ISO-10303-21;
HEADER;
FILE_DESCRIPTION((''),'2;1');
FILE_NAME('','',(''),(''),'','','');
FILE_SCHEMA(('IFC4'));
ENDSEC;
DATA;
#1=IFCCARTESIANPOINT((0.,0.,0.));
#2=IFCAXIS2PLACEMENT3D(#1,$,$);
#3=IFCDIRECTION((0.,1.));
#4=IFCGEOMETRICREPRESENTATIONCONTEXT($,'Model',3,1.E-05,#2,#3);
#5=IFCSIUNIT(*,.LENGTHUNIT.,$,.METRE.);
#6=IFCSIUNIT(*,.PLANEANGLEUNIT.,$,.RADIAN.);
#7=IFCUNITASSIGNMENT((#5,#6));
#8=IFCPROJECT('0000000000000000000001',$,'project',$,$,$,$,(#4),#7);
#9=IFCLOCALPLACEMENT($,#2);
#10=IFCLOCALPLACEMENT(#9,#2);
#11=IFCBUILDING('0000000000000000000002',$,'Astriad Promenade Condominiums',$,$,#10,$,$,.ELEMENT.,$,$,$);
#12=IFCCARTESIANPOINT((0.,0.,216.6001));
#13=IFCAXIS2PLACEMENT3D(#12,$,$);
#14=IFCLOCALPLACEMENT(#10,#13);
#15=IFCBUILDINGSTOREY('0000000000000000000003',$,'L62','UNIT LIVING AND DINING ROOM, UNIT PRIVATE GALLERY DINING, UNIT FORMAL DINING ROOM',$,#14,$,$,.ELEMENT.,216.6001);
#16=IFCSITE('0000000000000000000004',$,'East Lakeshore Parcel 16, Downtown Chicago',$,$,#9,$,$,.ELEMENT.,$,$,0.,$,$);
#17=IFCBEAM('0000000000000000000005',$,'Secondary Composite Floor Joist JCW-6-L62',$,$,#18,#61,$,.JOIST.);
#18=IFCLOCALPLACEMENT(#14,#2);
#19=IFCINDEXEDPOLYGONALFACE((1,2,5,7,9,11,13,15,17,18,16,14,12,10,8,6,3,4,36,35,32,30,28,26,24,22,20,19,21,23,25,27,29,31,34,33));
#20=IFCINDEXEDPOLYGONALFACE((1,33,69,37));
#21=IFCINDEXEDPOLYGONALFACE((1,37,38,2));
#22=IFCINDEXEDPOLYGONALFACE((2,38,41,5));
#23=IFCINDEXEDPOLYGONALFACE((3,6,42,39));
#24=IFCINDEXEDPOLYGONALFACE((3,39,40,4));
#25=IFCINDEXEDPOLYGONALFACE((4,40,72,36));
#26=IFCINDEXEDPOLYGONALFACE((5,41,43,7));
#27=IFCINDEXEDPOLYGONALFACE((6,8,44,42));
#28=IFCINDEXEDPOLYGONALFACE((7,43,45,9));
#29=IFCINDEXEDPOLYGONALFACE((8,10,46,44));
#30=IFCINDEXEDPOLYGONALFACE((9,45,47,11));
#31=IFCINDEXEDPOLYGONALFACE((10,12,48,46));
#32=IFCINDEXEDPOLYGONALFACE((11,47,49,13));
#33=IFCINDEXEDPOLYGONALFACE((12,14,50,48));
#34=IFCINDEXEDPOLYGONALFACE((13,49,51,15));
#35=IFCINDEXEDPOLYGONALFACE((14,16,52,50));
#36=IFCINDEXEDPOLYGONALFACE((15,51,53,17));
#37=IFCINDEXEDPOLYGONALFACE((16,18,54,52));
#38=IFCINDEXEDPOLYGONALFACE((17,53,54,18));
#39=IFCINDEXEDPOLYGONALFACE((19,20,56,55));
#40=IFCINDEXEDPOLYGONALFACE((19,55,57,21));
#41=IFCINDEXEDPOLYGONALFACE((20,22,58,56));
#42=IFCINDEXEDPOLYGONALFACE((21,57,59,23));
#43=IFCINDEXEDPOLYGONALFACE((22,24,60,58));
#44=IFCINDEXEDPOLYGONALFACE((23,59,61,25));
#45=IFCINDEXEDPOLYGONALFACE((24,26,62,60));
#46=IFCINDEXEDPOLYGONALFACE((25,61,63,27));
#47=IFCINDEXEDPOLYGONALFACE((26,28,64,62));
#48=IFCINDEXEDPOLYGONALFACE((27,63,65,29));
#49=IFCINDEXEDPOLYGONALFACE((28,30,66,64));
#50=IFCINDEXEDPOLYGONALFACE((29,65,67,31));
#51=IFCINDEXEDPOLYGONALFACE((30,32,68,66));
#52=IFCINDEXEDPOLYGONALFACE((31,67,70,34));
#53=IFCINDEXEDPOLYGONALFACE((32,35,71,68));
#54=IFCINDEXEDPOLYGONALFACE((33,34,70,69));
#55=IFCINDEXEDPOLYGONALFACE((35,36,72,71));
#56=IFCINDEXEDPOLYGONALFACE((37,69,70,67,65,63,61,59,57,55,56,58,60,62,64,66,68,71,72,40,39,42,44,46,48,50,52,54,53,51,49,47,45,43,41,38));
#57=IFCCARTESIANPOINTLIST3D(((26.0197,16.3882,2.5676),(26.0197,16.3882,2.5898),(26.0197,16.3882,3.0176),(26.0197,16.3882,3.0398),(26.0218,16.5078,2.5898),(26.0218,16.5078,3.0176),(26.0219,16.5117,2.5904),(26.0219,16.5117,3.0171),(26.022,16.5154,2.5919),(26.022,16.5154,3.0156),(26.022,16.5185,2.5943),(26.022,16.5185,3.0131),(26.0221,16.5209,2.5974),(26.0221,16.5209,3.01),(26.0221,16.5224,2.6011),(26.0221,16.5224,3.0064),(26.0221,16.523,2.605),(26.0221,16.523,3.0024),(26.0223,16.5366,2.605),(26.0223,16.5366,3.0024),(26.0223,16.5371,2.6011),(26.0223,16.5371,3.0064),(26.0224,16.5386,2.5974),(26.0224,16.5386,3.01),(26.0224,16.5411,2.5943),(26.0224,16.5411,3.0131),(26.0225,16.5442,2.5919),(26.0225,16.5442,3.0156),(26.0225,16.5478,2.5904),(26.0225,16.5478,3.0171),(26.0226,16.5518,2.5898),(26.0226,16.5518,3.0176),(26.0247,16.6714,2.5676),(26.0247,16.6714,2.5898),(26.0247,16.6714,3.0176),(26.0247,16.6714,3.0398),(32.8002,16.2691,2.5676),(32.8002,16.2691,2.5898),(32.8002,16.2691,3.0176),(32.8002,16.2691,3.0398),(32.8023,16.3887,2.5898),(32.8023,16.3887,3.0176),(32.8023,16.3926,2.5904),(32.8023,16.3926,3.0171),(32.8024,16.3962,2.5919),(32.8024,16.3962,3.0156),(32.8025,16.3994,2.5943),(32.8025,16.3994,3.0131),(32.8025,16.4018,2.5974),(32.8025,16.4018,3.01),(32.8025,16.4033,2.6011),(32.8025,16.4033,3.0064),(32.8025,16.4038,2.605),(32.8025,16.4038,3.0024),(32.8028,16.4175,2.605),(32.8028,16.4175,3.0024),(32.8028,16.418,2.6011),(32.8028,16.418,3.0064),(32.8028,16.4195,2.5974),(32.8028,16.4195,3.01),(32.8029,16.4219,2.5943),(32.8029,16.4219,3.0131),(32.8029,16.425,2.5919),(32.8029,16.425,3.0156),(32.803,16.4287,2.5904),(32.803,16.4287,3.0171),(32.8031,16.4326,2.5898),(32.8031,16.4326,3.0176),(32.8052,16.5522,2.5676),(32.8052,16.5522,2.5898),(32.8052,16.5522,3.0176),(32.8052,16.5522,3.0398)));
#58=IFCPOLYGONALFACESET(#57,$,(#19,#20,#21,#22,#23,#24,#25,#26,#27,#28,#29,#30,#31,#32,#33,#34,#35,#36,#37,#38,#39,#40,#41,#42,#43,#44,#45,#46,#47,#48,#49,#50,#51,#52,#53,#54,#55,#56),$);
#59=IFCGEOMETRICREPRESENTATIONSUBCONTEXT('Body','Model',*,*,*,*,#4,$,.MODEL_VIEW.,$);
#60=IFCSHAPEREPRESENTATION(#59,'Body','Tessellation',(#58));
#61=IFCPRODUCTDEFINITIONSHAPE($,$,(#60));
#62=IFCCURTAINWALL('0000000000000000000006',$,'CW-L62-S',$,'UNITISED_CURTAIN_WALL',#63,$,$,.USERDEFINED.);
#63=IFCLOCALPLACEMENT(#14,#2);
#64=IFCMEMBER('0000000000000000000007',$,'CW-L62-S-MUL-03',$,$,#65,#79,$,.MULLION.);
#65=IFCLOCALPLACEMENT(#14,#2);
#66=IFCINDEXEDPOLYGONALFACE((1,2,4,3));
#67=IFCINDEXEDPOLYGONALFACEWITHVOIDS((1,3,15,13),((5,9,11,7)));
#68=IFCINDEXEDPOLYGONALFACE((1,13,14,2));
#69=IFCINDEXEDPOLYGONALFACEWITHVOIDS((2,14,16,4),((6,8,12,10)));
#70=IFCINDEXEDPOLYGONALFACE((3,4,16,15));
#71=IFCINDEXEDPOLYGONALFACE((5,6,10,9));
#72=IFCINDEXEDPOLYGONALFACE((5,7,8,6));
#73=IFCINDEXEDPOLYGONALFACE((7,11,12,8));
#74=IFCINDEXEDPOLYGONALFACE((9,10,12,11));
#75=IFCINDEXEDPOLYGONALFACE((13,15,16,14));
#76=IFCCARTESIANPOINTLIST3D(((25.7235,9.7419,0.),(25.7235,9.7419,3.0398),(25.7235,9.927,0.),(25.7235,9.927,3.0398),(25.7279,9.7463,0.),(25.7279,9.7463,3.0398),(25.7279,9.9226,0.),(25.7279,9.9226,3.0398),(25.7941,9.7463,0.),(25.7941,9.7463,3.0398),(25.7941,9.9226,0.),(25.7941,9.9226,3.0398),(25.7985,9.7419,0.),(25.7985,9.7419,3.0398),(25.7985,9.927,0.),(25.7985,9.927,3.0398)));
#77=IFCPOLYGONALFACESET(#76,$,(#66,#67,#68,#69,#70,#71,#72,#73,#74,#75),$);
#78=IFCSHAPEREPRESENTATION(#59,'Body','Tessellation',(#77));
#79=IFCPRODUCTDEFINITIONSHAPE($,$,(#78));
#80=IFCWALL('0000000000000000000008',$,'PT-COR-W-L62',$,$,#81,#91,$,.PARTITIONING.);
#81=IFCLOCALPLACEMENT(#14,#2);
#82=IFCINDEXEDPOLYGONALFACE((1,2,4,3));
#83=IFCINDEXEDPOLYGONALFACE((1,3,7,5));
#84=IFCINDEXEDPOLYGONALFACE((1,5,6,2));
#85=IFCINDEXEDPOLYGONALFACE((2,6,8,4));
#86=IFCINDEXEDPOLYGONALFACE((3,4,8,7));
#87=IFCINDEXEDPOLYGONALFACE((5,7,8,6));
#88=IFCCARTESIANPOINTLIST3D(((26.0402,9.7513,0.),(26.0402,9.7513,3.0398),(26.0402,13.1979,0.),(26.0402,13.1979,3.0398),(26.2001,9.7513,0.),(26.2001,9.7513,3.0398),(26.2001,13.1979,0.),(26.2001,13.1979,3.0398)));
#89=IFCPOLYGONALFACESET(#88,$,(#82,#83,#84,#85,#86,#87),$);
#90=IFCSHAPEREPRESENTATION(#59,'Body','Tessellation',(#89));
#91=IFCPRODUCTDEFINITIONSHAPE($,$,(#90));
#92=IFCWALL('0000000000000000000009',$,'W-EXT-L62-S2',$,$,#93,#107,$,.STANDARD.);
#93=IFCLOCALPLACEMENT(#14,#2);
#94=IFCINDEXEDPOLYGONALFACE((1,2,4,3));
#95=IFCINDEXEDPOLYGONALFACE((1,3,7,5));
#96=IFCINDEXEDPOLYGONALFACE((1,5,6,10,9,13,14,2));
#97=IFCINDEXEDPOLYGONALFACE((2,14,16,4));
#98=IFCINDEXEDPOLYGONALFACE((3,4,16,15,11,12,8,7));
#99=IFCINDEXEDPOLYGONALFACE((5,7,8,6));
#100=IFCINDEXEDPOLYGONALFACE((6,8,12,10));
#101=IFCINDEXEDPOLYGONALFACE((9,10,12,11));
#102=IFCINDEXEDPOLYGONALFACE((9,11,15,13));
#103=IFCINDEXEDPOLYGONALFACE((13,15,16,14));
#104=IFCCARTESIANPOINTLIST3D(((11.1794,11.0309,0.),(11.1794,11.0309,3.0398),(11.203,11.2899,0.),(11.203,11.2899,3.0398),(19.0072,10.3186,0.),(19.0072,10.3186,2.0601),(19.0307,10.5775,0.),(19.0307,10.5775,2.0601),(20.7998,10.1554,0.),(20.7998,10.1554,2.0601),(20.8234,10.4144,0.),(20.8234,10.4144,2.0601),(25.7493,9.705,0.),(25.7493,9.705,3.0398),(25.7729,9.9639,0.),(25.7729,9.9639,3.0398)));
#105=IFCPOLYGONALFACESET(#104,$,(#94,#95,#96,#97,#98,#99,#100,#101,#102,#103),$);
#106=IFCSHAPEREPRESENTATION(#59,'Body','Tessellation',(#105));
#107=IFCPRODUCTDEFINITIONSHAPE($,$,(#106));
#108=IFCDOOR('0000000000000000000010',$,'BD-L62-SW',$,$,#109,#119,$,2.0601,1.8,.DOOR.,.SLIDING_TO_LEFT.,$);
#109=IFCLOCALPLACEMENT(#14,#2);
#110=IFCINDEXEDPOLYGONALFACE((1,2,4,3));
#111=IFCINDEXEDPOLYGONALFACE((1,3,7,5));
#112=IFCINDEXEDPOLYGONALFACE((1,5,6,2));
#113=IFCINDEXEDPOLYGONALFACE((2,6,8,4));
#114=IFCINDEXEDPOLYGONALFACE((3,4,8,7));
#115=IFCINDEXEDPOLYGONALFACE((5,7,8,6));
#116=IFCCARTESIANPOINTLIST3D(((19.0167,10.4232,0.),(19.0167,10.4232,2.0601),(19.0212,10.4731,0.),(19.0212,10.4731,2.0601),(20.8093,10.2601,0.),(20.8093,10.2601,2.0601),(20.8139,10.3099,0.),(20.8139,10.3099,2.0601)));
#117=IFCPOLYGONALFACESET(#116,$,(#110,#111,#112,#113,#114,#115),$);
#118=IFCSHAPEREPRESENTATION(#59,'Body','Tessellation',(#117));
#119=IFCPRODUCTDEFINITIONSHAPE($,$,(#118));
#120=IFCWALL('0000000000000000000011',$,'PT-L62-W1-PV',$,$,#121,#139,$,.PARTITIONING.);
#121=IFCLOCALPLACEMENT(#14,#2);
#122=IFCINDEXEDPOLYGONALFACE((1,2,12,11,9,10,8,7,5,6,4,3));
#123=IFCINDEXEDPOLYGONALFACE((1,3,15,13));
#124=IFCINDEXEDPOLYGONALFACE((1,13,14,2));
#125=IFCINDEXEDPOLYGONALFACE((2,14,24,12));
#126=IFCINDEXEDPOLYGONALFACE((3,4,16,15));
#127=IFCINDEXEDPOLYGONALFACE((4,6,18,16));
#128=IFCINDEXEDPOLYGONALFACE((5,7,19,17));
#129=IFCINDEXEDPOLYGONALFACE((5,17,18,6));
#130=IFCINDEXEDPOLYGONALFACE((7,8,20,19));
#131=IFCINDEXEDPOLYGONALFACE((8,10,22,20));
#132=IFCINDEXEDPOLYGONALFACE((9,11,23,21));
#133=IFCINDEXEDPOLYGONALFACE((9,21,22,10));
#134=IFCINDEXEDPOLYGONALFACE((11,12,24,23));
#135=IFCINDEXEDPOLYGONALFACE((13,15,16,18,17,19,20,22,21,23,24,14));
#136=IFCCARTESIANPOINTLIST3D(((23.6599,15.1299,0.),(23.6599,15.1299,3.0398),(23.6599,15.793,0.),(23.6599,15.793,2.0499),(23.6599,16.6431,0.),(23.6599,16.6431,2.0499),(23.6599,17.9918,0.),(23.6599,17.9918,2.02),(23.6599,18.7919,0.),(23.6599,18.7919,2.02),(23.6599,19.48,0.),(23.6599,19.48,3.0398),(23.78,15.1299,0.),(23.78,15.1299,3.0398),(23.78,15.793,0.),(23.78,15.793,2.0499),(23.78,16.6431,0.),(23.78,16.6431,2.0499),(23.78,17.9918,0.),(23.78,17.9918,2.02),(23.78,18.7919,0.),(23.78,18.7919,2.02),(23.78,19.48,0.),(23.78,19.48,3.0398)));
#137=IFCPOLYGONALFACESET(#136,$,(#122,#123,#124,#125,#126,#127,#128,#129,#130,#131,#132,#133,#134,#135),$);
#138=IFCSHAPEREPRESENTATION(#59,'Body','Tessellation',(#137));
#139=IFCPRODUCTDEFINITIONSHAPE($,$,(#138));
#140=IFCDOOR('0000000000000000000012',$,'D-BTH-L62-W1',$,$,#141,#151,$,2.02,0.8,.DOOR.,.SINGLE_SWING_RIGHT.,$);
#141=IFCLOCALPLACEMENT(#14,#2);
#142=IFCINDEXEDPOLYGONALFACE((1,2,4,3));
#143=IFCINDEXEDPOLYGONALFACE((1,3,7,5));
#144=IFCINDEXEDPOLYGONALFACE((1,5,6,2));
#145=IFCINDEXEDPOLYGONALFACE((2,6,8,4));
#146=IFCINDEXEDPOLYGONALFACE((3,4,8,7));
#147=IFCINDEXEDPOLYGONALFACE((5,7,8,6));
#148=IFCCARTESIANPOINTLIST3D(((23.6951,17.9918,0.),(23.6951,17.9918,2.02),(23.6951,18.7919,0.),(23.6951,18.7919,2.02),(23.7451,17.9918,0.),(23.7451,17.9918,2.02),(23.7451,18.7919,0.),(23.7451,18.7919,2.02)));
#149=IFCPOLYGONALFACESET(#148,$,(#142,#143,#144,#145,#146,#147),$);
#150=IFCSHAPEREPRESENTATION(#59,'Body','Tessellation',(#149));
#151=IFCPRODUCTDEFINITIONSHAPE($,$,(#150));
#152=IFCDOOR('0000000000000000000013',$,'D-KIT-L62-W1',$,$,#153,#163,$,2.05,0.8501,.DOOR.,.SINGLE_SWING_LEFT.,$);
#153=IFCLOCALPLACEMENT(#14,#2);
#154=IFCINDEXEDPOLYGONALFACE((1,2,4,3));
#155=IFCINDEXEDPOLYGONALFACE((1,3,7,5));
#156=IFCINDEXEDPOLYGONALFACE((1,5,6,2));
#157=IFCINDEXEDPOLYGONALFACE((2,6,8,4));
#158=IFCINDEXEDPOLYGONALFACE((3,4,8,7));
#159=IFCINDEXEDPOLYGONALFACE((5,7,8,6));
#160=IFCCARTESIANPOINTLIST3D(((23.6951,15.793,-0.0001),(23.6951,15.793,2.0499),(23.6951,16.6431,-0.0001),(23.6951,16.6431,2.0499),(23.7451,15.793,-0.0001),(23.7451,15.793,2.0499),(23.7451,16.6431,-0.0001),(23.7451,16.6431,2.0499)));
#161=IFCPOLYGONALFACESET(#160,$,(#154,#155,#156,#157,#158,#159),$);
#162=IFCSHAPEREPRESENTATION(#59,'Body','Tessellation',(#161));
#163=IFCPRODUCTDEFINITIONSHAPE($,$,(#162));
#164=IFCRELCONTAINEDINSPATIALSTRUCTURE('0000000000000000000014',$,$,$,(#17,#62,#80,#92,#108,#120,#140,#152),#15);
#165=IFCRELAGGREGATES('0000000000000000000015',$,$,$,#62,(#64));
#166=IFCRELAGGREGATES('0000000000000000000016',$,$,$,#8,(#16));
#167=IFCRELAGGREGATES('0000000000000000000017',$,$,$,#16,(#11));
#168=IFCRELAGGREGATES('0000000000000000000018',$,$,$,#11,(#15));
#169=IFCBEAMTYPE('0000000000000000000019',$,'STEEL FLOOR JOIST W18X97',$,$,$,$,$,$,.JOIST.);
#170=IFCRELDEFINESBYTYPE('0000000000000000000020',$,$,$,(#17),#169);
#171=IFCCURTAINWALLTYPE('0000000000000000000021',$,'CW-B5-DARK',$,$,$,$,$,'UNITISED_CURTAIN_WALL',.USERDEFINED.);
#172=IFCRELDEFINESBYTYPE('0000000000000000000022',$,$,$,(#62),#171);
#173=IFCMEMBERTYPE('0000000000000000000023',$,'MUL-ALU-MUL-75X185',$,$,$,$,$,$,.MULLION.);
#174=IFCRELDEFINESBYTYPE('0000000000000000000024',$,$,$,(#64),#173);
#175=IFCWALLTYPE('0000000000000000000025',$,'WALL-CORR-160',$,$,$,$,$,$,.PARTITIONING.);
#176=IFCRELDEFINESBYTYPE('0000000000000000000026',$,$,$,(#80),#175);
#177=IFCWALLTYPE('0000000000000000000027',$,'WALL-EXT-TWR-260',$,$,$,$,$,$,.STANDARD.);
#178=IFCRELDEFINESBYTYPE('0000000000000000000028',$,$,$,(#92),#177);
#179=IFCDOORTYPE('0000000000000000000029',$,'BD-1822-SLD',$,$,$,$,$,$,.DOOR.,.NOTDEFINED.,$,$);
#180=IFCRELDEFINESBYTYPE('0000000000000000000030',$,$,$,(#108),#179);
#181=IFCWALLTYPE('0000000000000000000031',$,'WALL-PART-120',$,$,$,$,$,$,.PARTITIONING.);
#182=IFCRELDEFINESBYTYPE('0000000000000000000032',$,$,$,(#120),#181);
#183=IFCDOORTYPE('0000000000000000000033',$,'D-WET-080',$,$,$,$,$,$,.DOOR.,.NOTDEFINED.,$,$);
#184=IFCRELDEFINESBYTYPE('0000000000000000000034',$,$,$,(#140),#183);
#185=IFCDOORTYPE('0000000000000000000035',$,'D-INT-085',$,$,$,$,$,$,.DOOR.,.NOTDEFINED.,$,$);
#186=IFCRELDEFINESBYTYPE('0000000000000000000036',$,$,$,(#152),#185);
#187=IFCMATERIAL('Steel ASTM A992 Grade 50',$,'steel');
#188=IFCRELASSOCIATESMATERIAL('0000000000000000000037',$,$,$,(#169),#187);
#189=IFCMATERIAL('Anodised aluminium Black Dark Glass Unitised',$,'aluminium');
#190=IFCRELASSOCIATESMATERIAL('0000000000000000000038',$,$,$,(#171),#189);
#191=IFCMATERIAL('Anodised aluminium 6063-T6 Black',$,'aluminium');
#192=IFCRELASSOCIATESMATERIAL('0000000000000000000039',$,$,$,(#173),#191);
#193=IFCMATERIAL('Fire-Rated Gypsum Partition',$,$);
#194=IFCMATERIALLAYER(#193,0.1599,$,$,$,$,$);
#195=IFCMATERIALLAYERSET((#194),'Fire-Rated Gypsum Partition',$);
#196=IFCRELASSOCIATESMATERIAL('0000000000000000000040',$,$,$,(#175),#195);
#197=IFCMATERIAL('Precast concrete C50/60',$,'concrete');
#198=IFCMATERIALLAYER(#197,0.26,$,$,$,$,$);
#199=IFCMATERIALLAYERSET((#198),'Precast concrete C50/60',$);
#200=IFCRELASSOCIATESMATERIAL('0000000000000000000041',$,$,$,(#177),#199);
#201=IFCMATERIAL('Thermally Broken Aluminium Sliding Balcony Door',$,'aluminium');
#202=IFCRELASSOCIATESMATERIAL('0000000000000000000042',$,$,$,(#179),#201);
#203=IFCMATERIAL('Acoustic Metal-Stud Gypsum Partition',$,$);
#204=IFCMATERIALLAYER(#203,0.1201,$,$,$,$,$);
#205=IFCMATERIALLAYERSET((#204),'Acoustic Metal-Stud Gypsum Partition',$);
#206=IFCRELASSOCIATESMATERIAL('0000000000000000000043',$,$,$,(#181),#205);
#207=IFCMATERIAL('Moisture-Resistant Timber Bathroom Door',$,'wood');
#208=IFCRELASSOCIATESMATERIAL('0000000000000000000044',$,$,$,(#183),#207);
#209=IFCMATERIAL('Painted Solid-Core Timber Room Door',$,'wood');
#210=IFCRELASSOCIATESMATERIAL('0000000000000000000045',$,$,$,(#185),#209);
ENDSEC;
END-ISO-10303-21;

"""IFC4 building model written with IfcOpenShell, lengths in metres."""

from ifc_helpers import new_model, si_unit, direction, frame, frame_2d, origin, origin_2d, place, context, subcontext, project, spatial, rectangle, hollow_rectangle, i_section, extrude, source, transform, mapped, material, layer, layer_set, material_profile, profile_set, type_object, type_shapes, element, fill, aggregate, save


model = new_model("IFC4")

# Units and contexts
model_context = context("Model", 3, precision=1e-05, world=origin(), true_north=direction((0.0, 1.0)))
body_context = subcontext(model_context, "Body", "Model", "MODEL_VIEW")
ifc_project = project(units=[si_unit("LENGTHUNIT", "METRE"), si_unit("PLANEANGLEUNIT", "RADIAN")], contexts=[model_context])

# Site, building, storey
site_placement = place(None, origin())
site = spatial("IfcSite", under=ifc_project, at=site_placement, Name="East Lakeshore Parcel 16, Downtown Chicago", CompositionType="ELEMENT", RefElevation=0.0)
building_placement = place(site_placement, origin())
building = spatial("IfcBuilding", under=site, at=building_placement, Name="Astriad Promenade Condominiums", CompositionType="ELEMENT")
storey_placement = place(building_placement, frame((0.0, 0.0, 216.6001)))
storey = spatial("IfcBuildingStorey", under=building, at=storey_placement, Name="L62", Description="UNIT LIVING AND DINING ROOM, UNIT PRIVATE GALLERY DINING, UNIT FORMAL DINING ROOM", CompositionType="ELEMENT", Elevation=216.6001)

# Beam
ifc_material_1 = material(Name="Steel ASTM A992 Grade 50", Category="steel")
ifc_material_profile_1 = material_profile(ifc_material_1, i_section(OverallWidth=0.2832, OverallDepth=0.4722, WebThickness=0.0137, FlangeThickness=0.0222, FilletRadius=0.0151, at=origin_2d()), Name="W18X97")
ifc_profile_set_1 = profile_set([ifc_material_profile_1], Name="Steel ASTM A992 Grade 50")
beam_type_1 = type_object("IfcBeamType", Name="STEEL FLOOR JOIST W18X97", PredefinedType="JOIST", material=ifc_profile_set_1)
shared_shape_1 = source(origin(), body_context, "Body", "SweptSolid", [
    extrude(i_section(OverallWidth=0.2832, OverallDepth=0.4722, WebThickness=0.0137, FlangeThickness=0.0222, FilletRadius=0.0151, at=origin_2d()), origin(), (0.0, 0.0, 1.0), 6.7815),
])
beam_1_placement = place(storey_placement, frame((26.0222, 16.5298, 2.8037), z_axis=(0.999846, -0.017568, 0.0), x_axis=(0.017568, 0.999846, 0.0)))
element("IfcBeam", 1, at=beam_1_placement, inside=storey, type_object=beam_type_1, Name="Secondary Composite Floor Joist JCW-6-L62", PredefinedType="JOIST", context=body_context, shape_type="MappedRepresentation", body=[
    mapped(shared_shape_1, transform((0.0, 0.0, 0.0), scale=1.0)),
])

# Curtain wall, member
ifc_material_2 = material(Name="Anodised aluminium Black Dark Glass Unitised", Category="aluminium")
curtain_wall_type = type_object("IfcCurtainWallType", Name="CW-B5-DARK", ElementType="UNITISED_CURTAIN_WALL", PredefinedType="USERDEFINED", material=ifc_material_2)
curtain_wall_placement = place(storey_placement, origin())
curtain_wall = element("IfcCurtainWall", 2, at=curtain_wall_placement, inside=storey, type_object=curtain_wall_type, Name="CW-L62-S", ObjectType="UNITISED_CURTAIN_WALL", PredefinedType="USERDEFINED")
ifc_material_3 = material(Name="Anodised aluminium 6063-T6 Black", Category="aluminium")
ifc_material_profile_2 = material_profile(ifc_material_3, hollow_rectangle(XDim=0.075, YDim=0.1851, WallThickness=0.0044, at=origin_2d()), Name="ALU-MUL-75X185")
ifc_profile_set_2 = profile_set([ifc_material_profile_2], Name="Anodised aluminium 6063-T6 Black")
member_type = type_object("IfcMemberType", Name="MUL-ALU-MUL-75X185", PredefinedType="MULLION", material=ifc_profile_set_2)
shared_shape_2 = source(origin(), body_context, "Body", "SweptSolid", [
    extrude(hollow_rectangle(XDim=0.075, YDim=0.1851, WallThickness=0.0044, at=origin_2d()), origin(), (0.0, 0.0, 1.0), 3.0398),
])
type_shapes(member_type, [shared_shape_2])
member_placement = place(storey_placement, frame((25.761, 9.8345, 0.0), z_axis=(0.0, 0.0, 1.0), x_axis=(1.0, 0.0, 0.0)))
member = element("IfcMember", 3, at=member_placement, type_object=member_type, Name="CW-L62-S-MUL-03", PredefinedType="MULLION", context=body_context, shape_type="MappedRepresentation", body=[
    mapped(shared_shape_2, transform((0.0, 0.0, 0.0), scale=1.0)),
])
aggregate(curtain_wall, [member])

# Wall
ifc_material_4 = material(Name="Fire-Rated Gypsum Partition")
ifc_layer_1 = layer(ifc_material_4, 0.1599)
ifc_layer_set_1 = layer_set([ifc_layer_1], Name="Fire-Rated Gypsum Partition")
wall_type_1 = type_object("IfcWallType", Name="WALL-CORR-160", PredefinedType="PARTITIONING", material=ifc_layer_set_1)
wall_1_placement = place(storey_placement, frame((26.1201, 9.7515, 0.0), z_axis=(0.0, 0.0, 1.0), x_axis=(0.0, 1.0, 0.0)))
element("IfcWall", 4, at=wall_1_placement, inside=storey, type_object=wall_type_1, Name="PT-COR-W-L62", PredefinedType="PARTITIONING", context=body_context, shape_type="SweptSolid", body=[
    extrude(rectangle(XDim=3.4465, YDim=0.1599, at=frame_2d((1.7231, 0.0))), origin(), (0.0, 0.0, 1.0), 3.0398),
])

# Wall, opening, door
ifc_material_5 = material(Name="Precast concrete C50/60", Category="concrete")
ifc_layer_2 = layer(ifc_material_5, 0.26)
ifc_layer_set_2 = layer_set([ifc_layer_2], Name="Precast concrete C50/60")
wall_type_2 = type_object("IfcWallType", Name="WALL-EXT-TWR-260", PredefinedType="STANDARD", material=ifc_layer_set_2)
wall_2_placement = place(storey_placement, frame((25.761, 9.8345, 0.0), z_axis=(0.0, 0.0, 1.0), x_axis=(-0.995885, 0.090631, 0.0)))
wall_2 = element("IfcWall", 5, at=wall_2_placement, inside=storey, type_object=wall_type_2, Name="W-EXT-L62-S2", PredefinedType="STANDARD", context=body_context, shape_type="SweptSolid", body=[
    extrude(rectangle(XDim=14.6301, YDim=0.26, at=frame_2d((7.3149, 0.0))), origin(), (0.0, 0.0, 1.0), 3.0398),
])
opening_1_placement = place(wall_2_placement, frame((4.97, 0.0, 0.0)))
opening_1 = element("IfcOpeningElement", 6, at=opening_1_placement, cuts=wall_2, PredefinedType="OPENING", context=body_context, shape_type="SweptSolid", body=[
    extrude(rectangle(XDim=1.8, YDim=2.0601, at=frame_2d((0.8999, 1.03))), frame((0.0, 0.1399, 0.0), z_axis=(0.0, -1.0, 0.0), x_axis=(1.0, 0.0, 0.0)), (0.0, 0.0, 1.0), 0.28),
])
ifc_material_6 = material(Name="Thermally Broken Aluminium Sliding Balcony Door", Category="aluminium")
door_type_1 = type_object("IfcDoorType", Name="BD-1822-SLD", OperationType="NOTDEFINED", PredefinedType="DOOR", material=ifc_material_6)
shared_shape_3 = source(origin(), body_context, "Body", "SweptSolid", [
    extrude(rectangle(XDim=1.8, YDim=2.0601, at=frame_2d((0.8999, 1.03))), frame((0.0, 0.0249, 0.0), z_axis=(0.0, -1.0, 0.0), x_axis=(1.0, 0.0, 0.0)), (0.0, 0.0, 1.0), 0.05),
])
type_shapes(door_type_1, [shared_shape_3])
door_1_placement = place(opening_1_placement, origin())
door_1 = element("IfcDoor", 7, at=door_1_placement, inside=storey, type_object=door_type_1, Name="BD-L62-SW", OperationType="SLIDING_TO_LEFT", OverallHeight=2.0601, OverallWidth=1.8, PredefinedType="DOOR", context=body_context, shape_type="MappedRepresentation", body=[
    mapped(shared_shape_3, transform((0.0, 0.0, 0.0), scale=1.0)),
])
fill(opening_1, door_1)

# Wall, openings, doors
ifc_material_7 = material(Name="Acoustic Metal-Stud Gypsum Partition")
ifc_layer_3 = layer(ifc_material_7, 0.1201)
ifc_layer_set_3 = layer_set([ifc_layer_3], Name="Acoustic Metal-Stud Gypsum Partition")
wall_type_3 = type_object("IfcWallType", Name="WALL-PART-120", PredefinedType="PARTITIONING", material=ifc_layer_set_3)
wall_3_placement = place(storey_placement, frame((23.72, 15.1299, 0.0), z_axis=(0.0, 0.0, 1.0), x_axis=(0.0, 1.0, 0.0)))
wall_3 = element("IfcWall", 8, at=wall_3_placement, inside=storey, type_object=wall_type_3, Name="PT-L62-W1-PV", PredefinedType="PARTITIONING", context=body_context, shape_type="SweptSolid", body=[
    extrude(rectangle(XDim=4.3501, YDim=0.1201, at=frame_2d((2.175, 0.0))), origin(), (0.0, 0.0, 1.0), 3.0398),
])
opening_2_placement = place(wall_3_placement, frame((0.6631, 0.0, 0.0)))
opening_2 = element("IfcOpeningElement", 9, at=opening_2_placement, cuts=wall_3, PredefinedType="OPENING", context=body_context, shape_type="SweptSolid", body=[
    extrude(rectangle(XDim=0.8501, YDim=2.05, at=frame_2d((0.425, 1.0249))), frame((0.0, 0.0701, 0.0), z_axis=(0.0, -1.0, 0.0), x_axis=(1.0, 0.0, 0.0)), (0.0, 0.0, 1.0), 0.1401),
])
opening_3_placement = place(wall_3_placement, frame((2.8621, 0.0, 0.0)))
opening_3 = element("IfcOpeningElement", 10, at=opening_3_placement, cuts=wall_3, PredefinedType="OPENING", context=body_context, shape_type="SweptSolid", body=[
    extrude(rectangle(XDim=0.8, YDim=2.02, at=frame_2d((0.3999, 1.01))), frame((0.0, 0.0701, 0.0), z_axis=(0.0, -1.0, 0.0), x_axis=(1.0, 0.0, 0.0)), (0.0, 0.0, 1.0), 0.1401),
])
ifc_material_8 = material(Name="Moisture-Resistant Timber Bathroom Door", Category="wood")
door_type_2 = type_object("IfcDoorType", Name="D-WET-080", OperationType="NOTDEFINED", PredefinedType="DOOR", material=ifc_material_8)
shared_shape_4 = source(origin(), body_context, "Body", "SweptSolid", [
    extrude(rectangle(XDim=0.8, YDim=2.02, at=frame_2d((0.3999, 1.01))), frame((0.0, 0.0249, 0.0), z_axis=(0.0, -1.0, 0.0), x_axis=(1.0, 0.0, 0.0)), (0.0, 0.0, 1.0), 0.05),
])
type_shapes(door_type_2, [shared_shape_4])
door_2_placement = place(opening_3_placement, origin())
door_2 = element("IfcDoor", 11, at=door_2_placement, inside=storey, type_object=door_type_2, Name="D-BTH-L62-W1", OperationType="SINGLE_SWING_RIGHT", OverallHeight=2.02, OverallWidth=0.8, PredefinedType="DOOR", context=body_context, shape_type="MappedRepresentation", body=[
    mapped(shared_shape_4, transform((0.0, 0.0, 0.0), scale=1.0)),
])
fill(opening_3, door_2)
ifc_material_9 = material(Name="Painted Solid-Core Timber Room Door", Category="wood")
door_type_3 = type_object("IfcDoorType", Name="D-INT-085", OperationType="NOTDEFINED", PredefinedType="DOOR", material=ifc_material_9)
shared_shape_5 = source(origin(), body_context, "Body", "SweptSolid", [
    extrude(rectangle(XDim=0.8501, YDim=2.05, at=frame_2d((0.425, 1.0249))), frame((0.0, 0.0249, 0.0), z_axis=(0.0, -1.0, 0.0), x_axis=(1.0, 0.0, 0.0)), (0.0, 0.0, 1.0), 0.05),
])
type_shapes(door_type_3, [shared_shape_5])
door_3_placement = place(opening_2_placement, origin())
door_3 = element("IfcDoor", 12, at=door_3_placement, inside=storey, type_object=door_type_3, Name="D-KIT-L62-W1", OperationType="SINGLE_SWING_LEFT", OverallHeight=2.05, OverallWidth=0.8501, PredefinedType="DOOR", context=body_context, shape_type="MappedRepresentation", body=[
    mapped(shared_shape_5, transform((0.0, 0.0, 0.0), scale=1.0)),
])
fill(opening_2, door_3)

save(model, "model.ifc")
